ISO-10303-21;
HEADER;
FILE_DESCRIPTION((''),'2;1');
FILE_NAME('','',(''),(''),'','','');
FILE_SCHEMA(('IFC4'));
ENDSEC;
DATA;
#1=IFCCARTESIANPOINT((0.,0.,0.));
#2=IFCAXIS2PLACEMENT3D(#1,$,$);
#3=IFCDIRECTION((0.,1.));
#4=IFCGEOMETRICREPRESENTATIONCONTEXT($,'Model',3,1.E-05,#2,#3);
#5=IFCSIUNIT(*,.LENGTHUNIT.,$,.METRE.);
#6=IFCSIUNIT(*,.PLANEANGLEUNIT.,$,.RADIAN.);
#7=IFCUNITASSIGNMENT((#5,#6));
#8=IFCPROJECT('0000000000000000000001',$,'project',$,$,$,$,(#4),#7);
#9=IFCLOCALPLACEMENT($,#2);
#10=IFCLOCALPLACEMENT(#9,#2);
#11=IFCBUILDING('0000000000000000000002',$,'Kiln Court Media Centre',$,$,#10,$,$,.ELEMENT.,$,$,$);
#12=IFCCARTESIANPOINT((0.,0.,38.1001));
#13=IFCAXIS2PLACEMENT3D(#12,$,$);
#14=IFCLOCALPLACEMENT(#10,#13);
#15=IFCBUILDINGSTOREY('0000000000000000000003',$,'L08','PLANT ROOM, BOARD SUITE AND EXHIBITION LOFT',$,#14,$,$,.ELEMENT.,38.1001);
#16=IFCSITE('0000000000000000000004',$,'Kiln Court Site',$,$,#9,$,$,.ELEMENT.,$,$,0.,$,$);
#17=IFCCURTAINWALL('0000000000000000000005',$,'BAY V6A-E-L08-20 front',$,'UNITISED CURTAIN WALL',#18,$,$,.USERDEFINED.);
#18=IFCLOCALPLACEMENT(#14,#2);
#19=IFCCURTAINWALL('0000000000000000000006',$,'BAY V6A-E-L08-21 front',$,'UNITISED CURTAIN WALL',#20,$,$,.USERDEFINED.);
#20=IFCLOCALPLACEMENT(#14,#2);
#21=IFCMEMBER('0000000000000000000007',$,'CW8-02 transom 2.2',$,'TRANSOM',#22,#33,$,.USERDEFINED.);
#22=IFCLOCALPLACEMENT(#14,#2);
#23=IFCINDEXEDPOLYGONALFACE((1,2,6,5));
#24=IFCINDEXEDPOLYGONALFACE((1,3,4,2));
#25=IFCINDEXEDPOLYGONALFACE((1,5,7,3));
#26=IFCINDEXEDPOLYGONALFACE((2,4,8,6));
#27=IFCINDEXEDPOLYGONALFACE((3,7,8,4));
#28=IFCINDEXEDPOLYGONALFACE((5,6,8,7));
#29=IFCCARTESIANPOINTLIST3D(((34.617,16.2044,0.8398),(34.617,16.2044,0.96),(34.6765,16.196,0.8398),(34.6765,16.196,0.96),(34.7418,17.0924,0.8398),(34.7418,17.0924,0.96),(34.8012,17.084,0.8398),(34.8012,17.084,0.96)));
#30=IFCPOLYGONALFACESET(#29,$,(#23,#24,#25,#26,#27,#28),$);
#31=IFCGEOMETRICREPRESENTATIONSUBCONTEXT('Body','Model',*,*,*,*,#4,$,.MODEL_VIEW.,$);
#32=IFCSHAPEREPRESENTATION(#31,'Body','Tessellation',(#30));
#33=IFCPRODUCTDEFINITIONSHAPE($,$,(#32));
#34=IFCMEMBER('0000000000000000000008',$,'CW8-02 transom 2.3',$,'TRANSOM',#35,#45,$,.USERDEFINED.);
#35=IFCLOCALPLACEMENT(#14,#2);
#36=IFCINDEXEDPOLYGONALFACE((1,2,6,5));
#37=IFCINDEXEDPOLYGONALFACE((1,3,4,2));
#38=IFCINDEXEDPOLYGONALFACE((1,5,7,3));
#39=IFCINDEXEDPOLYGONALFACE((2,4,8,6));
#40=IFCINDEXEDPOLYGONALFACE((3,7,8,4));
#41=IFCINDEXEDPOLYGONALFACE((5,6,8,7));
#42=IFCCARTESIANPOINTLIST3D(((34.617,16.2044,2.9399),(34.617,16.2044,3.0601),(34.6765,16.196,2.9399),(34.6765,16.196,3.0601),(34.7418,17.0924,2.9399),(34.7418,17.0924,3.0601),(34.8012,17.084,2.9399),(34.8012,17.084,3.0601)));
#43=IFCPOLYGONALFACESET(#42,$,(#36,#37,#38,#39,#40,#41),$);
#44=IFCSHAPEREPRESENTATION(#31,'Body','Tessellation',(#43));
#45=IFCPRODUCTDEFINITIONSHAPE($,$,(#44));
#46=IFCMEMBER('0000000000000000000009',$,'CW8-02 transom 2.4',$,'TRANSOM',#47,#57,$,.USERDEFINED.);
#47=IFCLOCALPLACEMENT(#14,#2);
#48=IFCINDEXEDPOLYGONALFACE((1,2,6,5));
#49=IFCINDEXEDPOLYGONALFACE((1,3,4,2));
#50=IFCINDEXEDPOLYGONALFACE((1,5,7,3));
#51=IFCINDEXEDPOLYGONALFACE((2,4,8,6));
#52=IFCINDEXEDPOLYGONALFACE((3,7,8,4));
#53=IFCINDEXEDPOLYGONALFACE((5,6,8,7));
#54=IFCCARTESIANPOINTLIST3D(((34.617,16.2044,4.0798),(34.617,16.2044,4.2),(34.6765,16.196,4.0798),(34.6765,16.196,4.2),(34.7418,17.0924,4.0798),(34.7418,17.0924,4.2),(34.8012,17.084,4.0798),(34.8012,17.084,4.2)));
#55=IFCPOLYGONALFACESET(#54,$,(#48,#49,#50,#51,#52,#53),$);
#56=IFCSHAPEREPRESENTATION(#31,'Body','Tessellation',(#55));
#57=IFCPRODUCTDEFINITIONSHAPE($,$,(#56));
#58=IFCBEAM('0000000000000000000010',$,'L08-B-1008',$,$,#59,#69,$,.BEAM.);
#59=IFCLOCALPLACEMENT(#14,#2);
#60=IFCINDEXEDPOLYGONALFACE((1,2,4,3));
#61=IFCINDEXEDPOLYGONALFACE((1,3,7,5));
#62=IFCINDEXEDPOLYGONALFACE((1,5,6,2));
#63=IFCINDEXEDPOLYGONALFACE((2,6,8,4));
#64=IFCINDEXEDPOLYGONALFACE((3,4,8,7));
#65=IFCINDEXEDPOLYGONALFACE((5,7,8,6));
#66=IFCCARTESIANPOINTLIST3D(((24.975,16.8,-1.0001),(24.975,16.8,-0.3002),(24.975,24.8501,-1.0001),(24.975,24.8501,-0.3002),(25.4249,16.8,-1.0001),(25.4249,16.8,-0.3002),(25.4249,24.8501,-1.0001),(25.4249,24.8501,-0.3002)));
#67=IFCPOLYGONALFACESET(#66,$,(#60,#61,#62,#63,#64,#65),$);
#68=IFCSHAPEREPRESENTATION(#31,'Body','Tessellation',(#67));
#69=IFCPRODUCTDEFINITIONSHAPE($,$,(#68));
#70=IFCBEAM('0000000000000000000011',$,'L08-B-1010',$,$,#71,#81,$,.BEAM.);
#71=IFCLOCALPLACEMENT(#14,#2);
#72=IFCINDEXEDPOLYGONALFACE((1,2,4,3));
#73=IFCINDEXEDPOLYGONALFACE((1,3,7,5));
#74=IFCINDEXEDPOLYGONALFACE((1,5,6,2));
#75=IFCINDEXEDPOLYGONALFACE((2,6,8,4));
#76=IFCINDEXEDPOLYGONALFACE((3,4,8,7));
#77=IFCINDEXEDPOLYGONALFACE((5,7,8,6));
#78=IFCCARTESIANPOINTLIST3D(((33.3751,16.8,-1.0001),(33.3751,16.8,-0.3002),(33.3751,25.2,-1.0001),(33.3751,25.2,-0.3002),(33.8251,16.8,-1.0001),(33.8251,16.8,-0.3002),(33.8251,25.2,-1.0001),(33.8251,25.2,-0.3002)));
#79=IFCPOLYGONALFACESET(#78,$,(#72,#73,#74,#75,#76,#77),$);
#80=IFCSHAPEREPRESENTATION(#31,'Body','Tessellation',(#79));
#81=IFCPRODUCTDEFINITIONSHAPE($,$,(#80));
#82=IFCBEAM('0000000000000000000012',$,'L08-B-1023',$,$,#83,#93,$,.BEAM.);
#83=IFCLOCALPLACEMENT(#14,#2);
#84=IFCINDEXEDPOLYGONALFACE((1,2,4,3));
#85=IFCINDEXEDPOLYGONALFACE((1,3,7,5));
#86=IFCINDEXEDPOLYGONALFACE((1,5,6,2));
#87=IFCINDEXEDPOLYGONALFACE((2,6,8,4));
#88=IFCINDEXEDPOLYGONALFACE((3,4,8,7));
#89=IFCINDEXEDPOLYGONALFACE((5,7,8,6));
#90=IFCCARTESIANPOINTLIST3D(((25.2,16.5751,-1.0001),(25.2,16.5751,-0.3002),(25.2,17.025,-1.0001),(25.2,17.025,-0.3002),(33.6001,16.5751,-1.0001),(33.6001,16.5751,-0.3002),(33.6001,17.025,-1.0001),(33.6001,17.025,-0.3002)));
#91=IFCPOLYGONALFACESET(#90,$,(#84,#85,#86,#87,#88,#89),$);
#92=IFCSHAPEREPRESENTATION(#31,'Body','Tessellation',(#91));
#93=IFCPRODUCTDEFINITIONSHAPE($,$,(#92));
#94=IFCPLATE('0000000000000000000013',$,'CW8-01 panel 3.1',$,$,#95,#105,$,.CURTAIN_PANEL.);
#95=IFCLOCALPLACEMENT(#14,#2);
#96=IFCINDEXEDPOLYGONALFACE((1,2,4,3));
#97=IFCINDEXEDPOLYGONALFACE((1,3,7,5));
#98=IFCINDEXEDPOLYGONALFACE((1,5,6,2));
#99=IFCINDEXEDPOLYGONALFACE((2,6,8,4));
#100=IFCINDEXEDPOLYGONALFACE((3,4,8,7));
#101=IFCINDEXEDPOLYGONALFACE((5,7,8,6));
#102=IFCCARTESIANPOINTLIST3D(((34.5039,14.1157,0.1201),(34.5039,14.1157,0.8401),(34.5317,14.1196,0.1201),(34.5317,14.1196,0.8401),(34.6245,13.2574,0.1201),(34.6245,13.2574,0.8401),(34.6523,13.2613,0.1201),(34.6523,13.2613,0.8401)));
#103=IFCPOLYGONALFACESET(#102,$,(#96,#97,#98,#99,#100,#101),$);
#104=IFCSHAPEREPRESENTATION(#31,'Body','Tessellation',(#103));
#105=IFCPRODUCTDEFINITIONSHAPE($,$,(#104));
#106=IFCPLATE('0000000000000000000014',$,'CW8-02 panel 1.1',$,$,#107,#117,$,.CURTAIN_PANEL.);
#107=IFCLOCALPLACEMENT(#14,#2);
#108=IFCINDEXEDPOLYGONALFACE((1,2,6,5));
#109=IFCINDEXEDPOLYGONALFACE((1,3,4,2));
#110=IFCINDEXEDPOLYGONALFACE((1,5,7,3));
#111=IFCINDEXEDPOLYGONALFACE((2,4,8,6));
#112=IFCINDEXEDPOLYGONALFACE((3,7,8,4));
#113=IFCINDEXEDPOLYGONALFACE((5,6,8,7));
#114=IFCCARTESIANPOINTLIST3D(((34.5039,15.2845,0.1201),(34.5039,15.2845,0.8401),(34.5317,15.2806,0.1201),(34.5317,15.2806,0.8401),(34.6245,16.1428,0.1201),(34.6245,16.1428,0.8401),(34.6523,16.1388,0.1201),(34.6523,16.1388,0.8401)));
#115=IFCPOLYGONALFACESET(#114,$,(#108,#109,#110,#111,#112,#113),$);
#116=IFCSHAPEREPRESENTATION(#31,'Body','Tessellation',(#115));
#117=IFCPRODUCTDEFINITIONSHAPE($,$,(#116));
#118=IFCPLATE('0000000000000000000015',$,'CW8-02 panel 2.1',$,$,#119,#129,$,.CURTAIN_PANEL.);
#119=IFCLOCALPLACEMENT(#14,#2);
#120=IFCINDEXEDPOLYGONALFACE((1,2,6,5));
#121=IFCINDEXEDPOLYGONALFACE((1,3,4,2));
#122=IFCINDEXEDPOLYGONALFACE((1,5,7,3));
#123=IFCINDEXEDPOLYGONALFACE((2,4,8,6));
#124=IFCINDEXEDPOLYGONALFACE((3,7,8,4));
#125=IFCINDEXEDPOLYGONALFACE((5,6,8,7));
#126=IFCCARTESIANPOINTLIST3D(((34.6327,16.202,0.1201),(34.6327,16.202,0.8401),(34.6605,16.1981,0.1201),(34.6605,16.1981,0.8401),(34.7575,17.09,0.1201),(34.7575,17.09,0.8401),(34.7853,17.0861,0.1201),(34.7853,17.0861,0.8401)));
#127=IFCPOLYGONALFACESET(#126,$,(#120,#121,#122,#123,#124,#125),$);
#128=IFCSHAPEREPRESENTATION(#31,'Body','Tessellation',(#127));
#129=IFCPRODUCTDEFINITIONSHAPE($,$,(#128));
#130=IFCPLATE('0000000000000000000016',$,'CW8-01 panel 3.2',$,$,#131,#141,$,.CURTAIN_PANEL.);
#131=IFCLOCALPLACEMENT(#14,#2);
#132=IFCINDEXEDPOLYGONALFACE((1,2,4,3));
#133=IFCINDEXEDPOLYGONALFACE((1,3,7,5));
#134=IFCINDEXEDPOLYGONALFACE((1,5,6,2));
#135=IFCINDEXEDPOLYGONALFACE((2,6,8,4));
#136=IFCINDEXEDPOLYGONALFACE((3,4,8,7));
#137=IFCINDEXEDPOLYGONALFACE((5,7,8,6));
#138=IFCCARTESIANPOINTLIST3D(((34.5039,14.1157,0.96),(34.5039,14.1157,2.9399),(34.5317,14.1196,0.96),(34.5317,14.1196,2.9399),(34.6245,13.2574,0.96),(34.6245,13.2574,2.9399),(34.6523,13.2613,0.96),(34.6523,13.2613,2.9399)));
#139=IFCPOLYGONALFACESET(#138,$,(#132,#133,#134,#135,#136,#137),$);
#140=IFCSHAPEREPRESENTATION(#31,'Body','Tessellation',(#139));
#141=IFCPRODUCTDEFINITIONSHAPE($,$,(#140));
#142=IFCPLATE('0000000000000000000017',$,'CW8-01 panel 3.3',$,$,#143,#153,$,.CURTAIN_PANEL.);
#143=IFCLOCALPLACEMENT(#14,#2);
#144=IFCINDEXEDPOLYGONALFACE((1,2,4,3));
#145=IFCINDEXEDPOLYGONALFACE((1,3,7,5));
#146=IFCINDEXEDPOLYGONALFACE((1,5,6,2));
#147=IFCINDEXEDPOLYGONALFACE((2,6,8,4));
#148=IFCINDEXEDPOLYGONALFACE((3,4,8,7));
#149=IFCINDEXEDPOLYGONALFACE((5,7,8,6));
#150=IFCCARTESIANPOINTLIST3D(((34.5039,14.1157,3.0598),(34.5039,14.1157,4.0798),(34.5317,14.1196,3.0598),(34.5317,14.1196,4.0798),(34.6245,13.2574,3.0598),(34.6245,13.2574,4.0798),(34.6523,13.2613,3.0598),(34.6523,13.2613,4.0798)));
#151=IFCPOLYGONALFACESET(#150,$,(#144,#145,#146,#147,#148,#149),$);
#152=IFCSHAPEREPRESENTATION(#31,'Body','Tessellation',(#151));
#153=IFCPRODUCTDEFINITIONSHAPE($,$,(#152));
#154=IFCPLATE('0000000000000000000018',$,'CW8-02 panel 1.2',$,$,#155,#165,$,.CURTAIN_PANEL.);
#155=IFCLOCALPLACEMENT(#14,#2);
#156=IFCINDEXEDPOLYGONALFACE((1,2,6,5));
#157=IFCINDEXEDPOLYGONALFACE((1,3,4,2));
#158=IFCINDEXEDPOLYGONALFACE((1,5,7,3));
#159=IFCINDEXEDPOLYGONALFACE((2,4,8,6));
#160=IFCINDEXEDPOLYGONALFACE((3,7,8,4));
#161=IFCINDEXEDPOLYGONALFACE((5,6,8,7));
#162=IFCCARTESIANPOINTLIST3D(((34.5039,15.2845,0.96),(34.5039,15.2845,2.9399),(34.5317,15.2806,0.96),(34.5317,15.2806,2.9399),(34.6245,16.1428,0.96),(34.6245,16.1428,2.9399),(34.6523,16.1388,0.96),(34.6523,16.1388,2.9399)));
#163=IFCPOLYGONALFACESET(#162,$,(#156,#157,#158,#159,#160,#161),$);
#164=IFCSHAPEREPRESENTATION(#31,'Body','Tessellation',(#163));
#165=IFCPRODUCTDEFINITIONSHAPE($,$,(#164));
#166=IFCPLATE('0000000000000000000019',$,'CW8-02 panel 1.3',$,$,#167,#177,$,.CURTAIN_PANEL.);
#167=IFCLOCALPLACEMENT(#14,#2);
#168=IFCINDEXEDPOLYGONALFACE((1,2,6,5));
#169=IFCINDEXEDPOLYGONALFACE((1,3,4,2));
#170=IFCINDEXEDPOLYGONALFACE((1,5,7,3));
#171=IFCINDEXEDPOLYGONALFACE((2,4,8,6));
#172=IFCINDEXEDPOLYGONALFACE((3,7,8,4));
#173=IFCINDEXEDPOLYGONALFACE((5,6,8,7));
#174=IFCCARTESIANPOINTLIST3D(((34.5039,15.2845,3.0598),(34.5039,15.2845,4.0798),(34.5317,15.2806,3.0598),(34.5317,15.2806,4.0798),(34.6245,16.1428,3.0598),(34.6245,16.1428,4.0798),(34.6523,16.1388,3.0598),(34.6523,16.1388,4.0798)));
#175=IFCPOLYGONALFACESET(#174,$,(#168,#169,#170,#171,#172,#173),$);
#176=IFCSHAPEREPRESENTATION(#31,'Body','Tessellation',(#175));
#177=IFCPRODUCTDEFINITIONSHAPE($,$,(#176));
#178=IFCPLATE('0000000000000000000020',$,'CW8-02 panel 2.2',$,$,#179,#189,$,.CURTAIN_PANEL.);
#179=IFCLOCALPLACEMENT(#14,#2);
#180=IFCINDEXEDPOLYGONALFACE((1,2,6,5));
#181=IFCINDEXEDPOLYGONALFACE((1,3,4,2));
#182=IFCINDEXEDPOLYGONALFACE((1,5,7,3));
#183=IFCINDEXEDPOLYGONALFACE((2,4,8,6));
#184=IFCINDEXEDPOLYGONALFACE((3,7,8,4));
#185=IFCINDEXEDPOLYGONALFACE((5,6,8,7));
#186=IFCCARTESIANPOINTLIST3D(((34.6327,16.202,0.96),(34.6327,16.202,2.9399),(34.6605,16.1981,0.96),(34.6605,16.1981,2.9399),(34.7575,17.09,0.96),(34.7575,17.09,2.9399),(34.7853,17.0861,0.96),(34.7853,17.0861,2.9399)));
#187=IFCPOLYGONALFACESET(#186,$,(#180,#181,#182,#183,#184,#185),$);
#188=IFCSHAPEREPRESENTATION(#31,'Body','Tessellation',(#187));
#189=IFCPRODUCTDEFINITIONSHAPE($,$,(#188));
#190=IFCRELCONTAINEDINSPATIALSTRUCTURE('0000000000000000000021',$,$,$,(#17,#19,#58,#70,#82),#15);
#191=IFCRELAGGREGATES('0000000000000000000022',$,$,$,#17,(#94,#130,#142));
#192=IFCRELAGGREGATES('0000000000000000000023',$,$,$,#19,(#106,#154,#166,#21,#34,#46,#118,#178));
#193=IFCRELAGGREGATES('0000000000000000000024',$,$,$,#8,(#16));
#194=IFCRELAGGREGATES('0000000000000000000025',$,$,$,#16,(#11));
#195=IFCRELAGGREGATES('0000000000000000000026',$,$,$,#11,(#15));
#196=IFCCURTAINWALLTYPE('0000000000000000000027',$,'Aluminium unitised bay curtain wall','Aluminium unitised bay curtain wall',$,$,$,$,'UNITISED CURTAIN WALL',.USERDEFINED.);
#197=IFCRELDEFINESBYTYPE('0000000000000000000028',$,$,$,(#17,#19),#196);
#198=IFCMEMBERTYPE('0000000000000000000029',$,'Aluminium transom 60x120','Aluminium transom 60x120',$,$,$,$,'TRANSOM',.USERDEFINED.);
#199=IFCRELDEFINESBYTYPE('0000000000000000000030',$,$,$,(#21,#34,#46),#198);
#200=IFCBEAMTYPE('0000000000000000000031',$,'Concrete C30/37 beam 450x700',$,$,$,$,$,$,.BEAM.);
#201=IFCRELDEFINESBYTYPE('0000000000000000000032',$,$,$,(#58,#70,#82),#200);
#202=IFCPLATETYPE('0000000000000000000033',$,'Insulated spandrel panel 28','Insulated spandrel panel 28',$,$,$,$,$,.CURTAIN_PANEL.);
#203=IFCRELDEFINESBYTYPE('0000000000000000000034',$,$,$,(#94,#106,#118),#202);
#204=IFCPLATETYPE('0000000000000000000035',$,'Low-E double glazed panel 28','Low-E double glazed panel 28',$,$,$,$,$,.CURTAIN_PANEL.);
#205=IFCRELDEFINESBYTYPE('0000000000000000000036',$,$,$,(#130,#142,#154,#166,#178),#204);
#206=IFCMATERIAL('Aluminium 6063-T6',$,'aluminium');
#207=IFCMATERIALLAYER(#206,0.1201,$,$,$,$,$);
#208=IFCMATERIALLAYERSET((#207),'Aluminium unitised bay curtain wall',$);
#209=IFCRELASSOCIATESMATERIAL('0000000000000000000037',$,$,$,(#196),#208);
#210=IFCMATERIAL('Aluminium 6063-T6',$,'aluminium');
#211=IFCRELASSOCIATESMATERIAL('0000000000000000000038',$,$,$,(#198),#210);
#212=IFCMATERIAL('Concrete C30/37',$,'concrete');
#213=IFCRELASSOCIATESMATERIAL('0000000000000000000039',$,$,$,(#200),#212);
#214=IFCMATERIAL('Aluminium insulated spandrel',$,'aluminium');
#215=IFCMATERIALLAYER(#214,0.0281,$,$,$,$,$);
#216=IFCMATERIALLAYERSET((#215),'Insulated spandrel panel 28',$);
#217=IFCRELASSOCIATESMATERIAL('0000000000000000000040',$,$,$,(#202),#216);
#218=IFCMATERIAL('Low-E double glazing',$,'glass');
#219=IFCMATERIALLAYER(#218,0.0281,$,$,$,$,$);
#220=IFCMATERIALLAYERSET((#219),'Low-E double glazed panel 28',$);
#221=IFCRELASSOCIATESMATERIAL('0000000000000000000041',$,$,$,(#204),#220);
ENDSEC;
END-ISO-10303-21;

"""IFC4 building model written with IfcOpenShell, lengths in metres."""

from ifc_helpers import new_model, si_unit, direction, frame, origin, origin_2d, place, context, subcontext, project, spatial, rectangle, extrude, material, layer, layer_set, material_profile, profile_set, type_object, element, aggregate, save


model = new_model("IFC4")

# Units and contexts
model_context = context("Model", 3, precision=1e-05, world=origin(), true_north=direction((0.0, 1.0)))
body_context = subcontext(model_context, "Body", "Model", "MODEL_VIEW")
ifc_project = project(units=[si_unit("LENGTHUNIT", "METRE"), si_unit("PLANEANGLEUNIT", "RADIAN")], contexts=[model_context])

# Site, building, storey
site_placement = place(None, origin())
site = spatial("IfcSite", under=ifc_project, at=site_placement, Name="Kiln Court Site", CompositionType="ELEMENT", RefElevation=0.0)
building_placement = place(site_placement, origin())
building = spatial("IfcBuilding", under=site, at=building_placement, Name="Kiln Court Media Centre", CompositionType="ELEMENT")
storey_placement = place(building_placement, frame((0.0, 0.0, 38.1001)))
storey = spatial("IfcBuildingStorey", under=building, at=storey_placement, Name="L08", Description="PLANT ROOM, BOARD SUITE AND EXHIBITION LOFT", CompositionType="ELEMENT", Elevation=38.1001)

# Curtain wall
ifc_material_1 = material(Name="Aluminium 6063-T6", Category="aluminium")
ifc_layer_1 = layer(ifc_material_1, 0.1201)
ifc_layer_set_1 = layer_set([ifc_layer_1], Name="Aluminium unitised bay curtain wall")
curtain_wall_type = type_object("IfcCurtainWallType", Name="Aluminium unitised bay curtain wall", Description="Aluminium unitised bay curtain wall", ElementType="UNITISED CURTAIN WALL", PredefinedType="USERDEFINED", material=ifc_layer_set_1)
curtain_wall_1_placement = place(storey_placement, origin())
curtain_wall_1 = element("IfcCurtainWall", 1, at=curtain_wall_1_placement, inside=storey, type_object=curtain_wall_type, Name="BAY V6A-E-L08-20 front", ObjectType="UNITISED CURTAIN WALL", PredefinedType="USERDEFINED")

# Curtain wall
curtain_wall_2_placement = place(storey_placement, origin())
curtain_wall_2 = element("IfcCurtainWall", 2, at=curtain_wall_2_placement, inside=storey, type_object=curtain_wall_type, Name="BAY V6A-E-L08-21 front", ObjectType="UNITISED CURTAIN WALL", PredefinedType="USERDEFINED")

# Members
ifc_material_2 = material(Name="Aluminium 6063-T6", Category="aluminium")
ifc_material_profile_1 = material_profile(ifc_material_2, rectangle(XDim=0.0601, YDim=0.1201, at=origin_2d()), Name="Aluminium transom 60x120")
ifc_profile_set_1 = profile_set([ifc_material_profile_1], Name="Aluminium 6063-T6")
member_type_1 = type_object("IfcMemberType", Name="Aluminium transom 60x120", Description="Aluminium transom 60x120", ElementType="TRANSOM", PredefinedType="USERDEFINED", material=ifc_profile_set_1)
member_1_placement = place(storey_placement, frame((34.6467, 16.2002, 0.8999), z_axis=(0.139134, 0.990274, 0.0), x_axis=(-0.990274, 0.139134, 0.0)))
member_1 = element("IfcMember", 3, at=member_1_placement, type_object=member_type_1, Name="CW8-02 transom 2.2", ObjectType="TRANSOM", PredefinedType="USERDEFINED", context=body_context, shape_type="SweptSolid", body=[
    extrude(rectangle(XDim=0.0601, YDim=0.1201, at=origin_2d()), origin(), (0.0, 0.0, 1.0), 0.8967),
])
member_2_placement = place(storey_placement, frame((34.6467, 16.2002, 3.0), z_axis=(0.139134, 0.990274, 0.0), x_axis=(-0.990274, 0.139134, 0.0)))
member_2 = element("IfcMember", 4, at=member_2_placement, type_object=member_type_1, Name="CW8-02 transom 2.3", ObjectType="TRANSOM", PredefinedType="USERDEFINED", context=body_context, shape_type="SweptSolid", body=[
    extrude(rectangle(XDim=0.0601, YDim=0.1201, at=origin_2d()), origin(), (0.0, 0.0, 1.0), 0.8967),
])
member_3_placement = place(storey_placement, frame((34.6467, 16.2002, 4.1399), z_axis=(0.139134, 0.990274, 0.0), x_axis=(-0.990274, 0.139134, 0.0)))
member_3 = element("IfcMember", 5, at=member_3_placement, type_object=member_type_1, Name="CW8-02 transom 2.4", ObjectType="TRANSOM", PredefinedType="USERDEFINED", context=body_context, shape_type="SweptSolid", body=[
    extrude(rectangle(XDim=0.0601, YDim=0.1201, at=origin_2d()), origin(), (0.0, 0.0, 1.0), 0.8967),
])

# Beams
ifc_material_3 = material(Name="Concrete C30/37", Category="concrete")
ifc_material_profile_2 = material_profile(ifc_material_3, rectangle(XDim=0.45, YDim=0.7, at=origin_2d()), Name="RC 450x700")
ifc_profile_set_2 = profile_set([ifc_material_profile_2], Name="Concrete C30/37")
beam_type = type_object("IfcBeamType", Name="Concrete C30/37 beam 450x700", PredefinedType="BEAM", material=ifc_profile_set_2)
beam_1_placement = place(storey_placement, frame((25.2, 16.8, -0.6501), z_axis=(0.0, 1.0, 0.0), x_axis=(-1.0, 0.0, 0.0)))
element("IfcBeam", 6, at=beam_1_placement, inside=storey, type_object=beam_type, Name="L08-B-1008", PredefinedType="BEAM", context=body_context, shape_type="SweptSolid", body=[
    extrude(rectangle(XDim=0.45, YDim=0.7, at=origin_2d()), origin(), (0.0, 0.0, 1.0), 8.05),
])
beam_2_placement = place(storey_placement, frame((33.6001, 16.8, -0.6501), z_axis=(0.0, 1.0, 0.0), x_axis=(-1.0, 0.0, 0.0)))
element("IfcBeam", 7, at=beam_2_placement, inside=storey, type_object=beam_type, Name="L08-B-1010", PredefinedType="BEAM", context=body_context, shape_type="SweptSolid", body=[
    extrude(rectangle(XDim=0.45, YDim=0.7, at=origin_2d()), origin(), (0.0, 0.0, 1.0), 8.3999),
])
beam_3_placement = place(storey_placement, frame((25.2, 16.8, -0.6501), z_axis=(1.0, 0.0, 0.0), x_axis=(0.0, 1.0, 0.0)))
element("IfcBeam", 8, at=beam_3_placement, inside=storey, type_object=beam_type, Name="L08-B-1023", PredefinedType="BEAM", context=body_context, shape_type="SweptSolid", body=[
    extrude(rectangle(XDim=0.45, YDim=0.7, at=origin_2d()), origin(), (0.0, 0.0, 1.0), 8.4001),
])

# Plates
ifc_material_4 = material(Name="Aluminium insulated spandrel", Category="aluminium")
ifc_layer_2 = layer(ifc_material_4, 0.0281)
ifc_layer_set_2 = layer_set([ifc_layer_2], Name="Insulated spandrel panel 28")
plate_type_1 = type_object("IfcPlateType", Name="Insulated spandrel panel 28", Description="Insulated spandrel panel 28", PredefinedType="CURTAIN_PANEL", material=ifc_layer_set_2)
plate_1_placement = place(storey_placement, frame((34.5781, 13.6885, 0.1201), z_axis=(0.0, 0.0, 1.0), x_axis=(-0.139162, 0.99027, 0.0)))
plate_1 = element("IfcPlate", 9, at=plate_1_placement, type_object=plate_type_1, Name="CW8-01 panel 3.1", PredefinedType="CURTAIN_PANEL", context=body_context, shape_type="SweptSolid", body=[
    extrude(rectangle(XDim=0.8667, YDim=0.0281, at=origin_2d()), origin(), (0.0, 0.0, 1.0), 0.72),
])
plate_2_placement = place(storey_placement, frame((34.5781, 15.7117, 0.1201), z_axis=(0.0, 0.0, 1.0), x_axis=(0.139162, 0.99027, 0.0)))
plate_2 = element("IfcPlate", 10, at=plate_2_placement, type_object=plate_type_1, Name="CW8-02 panel 1.1", PredefinedType="CURTAIN_PANEL", context=body_context, shape_type="SweptSolid", body=[
    extrude(rectangle(XDim=0.8667, YDim=0.0281, at=origin_2d()), origin(), (0.0, 0.0, 1.0), 0.72),
])
plate_3_placement = place(storey_placement, frame((34.709, 16.644, 0.1201), z_axis=(0.0, 0.0, 1.0), x_axis=(0.139162, 0.99027, 0.0)))
plate_3 = element("IfcPlate", 11, at=plate_3_placement, type_object=plate_type_1, Name="CW8-02 panel 2.1", PredefinedType="CURTAIN_PANEL", context=body_context, shape_type="SweptSolid", body=[
    extrude(rectangle(XDim=0.8967, YDim=0.0281, at=origin_2d()), origin(), (0.0, 0.0, 1.0), 0.72),
])
ifc_material_5 = material(Name="Low-E double glazing", Category="glass")
ifc_layer_3 = layer(ifc_material_5, 0.0281)
ifc_layer_set_3 = layer_set([ifc_layer_3], Name="Low-E double glazed panel 28")
plate_type_2 = type_object("IfcPlateType", Name="Low-E double glazed panel 28", Description="Low-E double glazed panel 28", PredefinedType="CURTAIN_PANEL", material=ifc_layer_set_3)
plate_4_placement = place(storey_placement, frame((34.5781, 13.6885, 0.96), z_axis=(0.0, 0.0, 1.0), x_axis=(-0.139162, 0.99027, 0.0)))
plate_4 = element("IfcPlate", 12, at=plate_4_placement, type_object=plate_type_2, Name="CW8-01 panel 3.2", PredefinedType="CURTAIN_PANEL", context=body_context, shape_type="SweptSolid", body=[
    extrude(rectangle(XDim=0.8667, YDim=0.0281, at=origin_2d()), origin(), (0.0, 0.0, 1.0), 1.98),
])
plate_5_placement = place(storey_placement, frame((34.5781, 13.6885, 3.0598), z_axis=(0.0, 0.0, 1.0), x_axis=(-0.139162, 0.99027, 0.0)))
plate_5 = element("IfcPlate", 13, at=plate_5_placement, type_object=plate_type_2, Name="CW8-01 panel 3.3", PredefinedType="CURTAIN_PANEL", context=body_context, shape_type="SweptSolid", body=[
    extrude(rectangle(XDim=0.8667, YDim=0.0281, at=origin_2d()), origin(), (0.0, 0.0, 1.0), 1.02),
])
aggregate(curtain_wall_1, [plate_1, plate_4, plate_5])
plate_6_placement = place(storey_placement, frame((34.5781, 15.7117, 0.96), z_axis=(0.0, 0.0, 1.0), x_axis=(0.139162, 0.99027, 0.0)))
plate_6 = element("IfcPlate", 14, at=plate_6_placement, type_object=plate_type_2, Name="CW8-02 panel 1.2", PredefinedType="CURTAIN_PANEL", context=body_context, shape_type="SweptSolid", body=[
    extrude(rectangle(XDim=0.8667, YDim=0.0281, at=origin_2d()), origin(), (0.0, 0.0, 1.0), 1.98),
])
plate_7_placement = place(storey_placement, frame((34.5781, 15.7117, 3.0598), z_axis=(0.0, 0.0, 1.0), x_axis=(0.139162, 0.99027, 0.0)))
plate_7 = element("IfcPlate", 15, at=plate_7_placement, type_object=plate_type_2, Name="CW8-02 panel 1.3", PredefinedType="CURTAIN_PANEL", context=body_context, shape_type="SweptSolid", body=[
    extrude(rectangle(XDim=0.8667, YDim=0.0281, at=origin_2d()), origin(), (0.0, 0.0, 1.0), 1.02),
])
plate_8_placement = place(storey_placement, frame((34.709, 16.644, 0.96), z_axis=(0.0, 0.0, 1.0), x_axis=(0.139162, 0.99027, 0.0)))
plate_8 = element("IfcPlate", 16, at=plate_8_placement, type_object=plate_type_2, Name="CW8-02 panel 2.2", PredefinedType="CURTAIN_PANEL", context=body_context, shape_type="SweptSolid", body=[
    extrude(rectangle(XDim=0.8967, YDim=0.0281, at=origin_2d()), origin(), (0.0, 0.0, 1.0), 1.98),
])
aggregate(curtain_wall_2, [plate_2, plate_6, plate_7, member_1, member_2, member_3, plate_3, plate_8])

save(model, "model.ifc")
